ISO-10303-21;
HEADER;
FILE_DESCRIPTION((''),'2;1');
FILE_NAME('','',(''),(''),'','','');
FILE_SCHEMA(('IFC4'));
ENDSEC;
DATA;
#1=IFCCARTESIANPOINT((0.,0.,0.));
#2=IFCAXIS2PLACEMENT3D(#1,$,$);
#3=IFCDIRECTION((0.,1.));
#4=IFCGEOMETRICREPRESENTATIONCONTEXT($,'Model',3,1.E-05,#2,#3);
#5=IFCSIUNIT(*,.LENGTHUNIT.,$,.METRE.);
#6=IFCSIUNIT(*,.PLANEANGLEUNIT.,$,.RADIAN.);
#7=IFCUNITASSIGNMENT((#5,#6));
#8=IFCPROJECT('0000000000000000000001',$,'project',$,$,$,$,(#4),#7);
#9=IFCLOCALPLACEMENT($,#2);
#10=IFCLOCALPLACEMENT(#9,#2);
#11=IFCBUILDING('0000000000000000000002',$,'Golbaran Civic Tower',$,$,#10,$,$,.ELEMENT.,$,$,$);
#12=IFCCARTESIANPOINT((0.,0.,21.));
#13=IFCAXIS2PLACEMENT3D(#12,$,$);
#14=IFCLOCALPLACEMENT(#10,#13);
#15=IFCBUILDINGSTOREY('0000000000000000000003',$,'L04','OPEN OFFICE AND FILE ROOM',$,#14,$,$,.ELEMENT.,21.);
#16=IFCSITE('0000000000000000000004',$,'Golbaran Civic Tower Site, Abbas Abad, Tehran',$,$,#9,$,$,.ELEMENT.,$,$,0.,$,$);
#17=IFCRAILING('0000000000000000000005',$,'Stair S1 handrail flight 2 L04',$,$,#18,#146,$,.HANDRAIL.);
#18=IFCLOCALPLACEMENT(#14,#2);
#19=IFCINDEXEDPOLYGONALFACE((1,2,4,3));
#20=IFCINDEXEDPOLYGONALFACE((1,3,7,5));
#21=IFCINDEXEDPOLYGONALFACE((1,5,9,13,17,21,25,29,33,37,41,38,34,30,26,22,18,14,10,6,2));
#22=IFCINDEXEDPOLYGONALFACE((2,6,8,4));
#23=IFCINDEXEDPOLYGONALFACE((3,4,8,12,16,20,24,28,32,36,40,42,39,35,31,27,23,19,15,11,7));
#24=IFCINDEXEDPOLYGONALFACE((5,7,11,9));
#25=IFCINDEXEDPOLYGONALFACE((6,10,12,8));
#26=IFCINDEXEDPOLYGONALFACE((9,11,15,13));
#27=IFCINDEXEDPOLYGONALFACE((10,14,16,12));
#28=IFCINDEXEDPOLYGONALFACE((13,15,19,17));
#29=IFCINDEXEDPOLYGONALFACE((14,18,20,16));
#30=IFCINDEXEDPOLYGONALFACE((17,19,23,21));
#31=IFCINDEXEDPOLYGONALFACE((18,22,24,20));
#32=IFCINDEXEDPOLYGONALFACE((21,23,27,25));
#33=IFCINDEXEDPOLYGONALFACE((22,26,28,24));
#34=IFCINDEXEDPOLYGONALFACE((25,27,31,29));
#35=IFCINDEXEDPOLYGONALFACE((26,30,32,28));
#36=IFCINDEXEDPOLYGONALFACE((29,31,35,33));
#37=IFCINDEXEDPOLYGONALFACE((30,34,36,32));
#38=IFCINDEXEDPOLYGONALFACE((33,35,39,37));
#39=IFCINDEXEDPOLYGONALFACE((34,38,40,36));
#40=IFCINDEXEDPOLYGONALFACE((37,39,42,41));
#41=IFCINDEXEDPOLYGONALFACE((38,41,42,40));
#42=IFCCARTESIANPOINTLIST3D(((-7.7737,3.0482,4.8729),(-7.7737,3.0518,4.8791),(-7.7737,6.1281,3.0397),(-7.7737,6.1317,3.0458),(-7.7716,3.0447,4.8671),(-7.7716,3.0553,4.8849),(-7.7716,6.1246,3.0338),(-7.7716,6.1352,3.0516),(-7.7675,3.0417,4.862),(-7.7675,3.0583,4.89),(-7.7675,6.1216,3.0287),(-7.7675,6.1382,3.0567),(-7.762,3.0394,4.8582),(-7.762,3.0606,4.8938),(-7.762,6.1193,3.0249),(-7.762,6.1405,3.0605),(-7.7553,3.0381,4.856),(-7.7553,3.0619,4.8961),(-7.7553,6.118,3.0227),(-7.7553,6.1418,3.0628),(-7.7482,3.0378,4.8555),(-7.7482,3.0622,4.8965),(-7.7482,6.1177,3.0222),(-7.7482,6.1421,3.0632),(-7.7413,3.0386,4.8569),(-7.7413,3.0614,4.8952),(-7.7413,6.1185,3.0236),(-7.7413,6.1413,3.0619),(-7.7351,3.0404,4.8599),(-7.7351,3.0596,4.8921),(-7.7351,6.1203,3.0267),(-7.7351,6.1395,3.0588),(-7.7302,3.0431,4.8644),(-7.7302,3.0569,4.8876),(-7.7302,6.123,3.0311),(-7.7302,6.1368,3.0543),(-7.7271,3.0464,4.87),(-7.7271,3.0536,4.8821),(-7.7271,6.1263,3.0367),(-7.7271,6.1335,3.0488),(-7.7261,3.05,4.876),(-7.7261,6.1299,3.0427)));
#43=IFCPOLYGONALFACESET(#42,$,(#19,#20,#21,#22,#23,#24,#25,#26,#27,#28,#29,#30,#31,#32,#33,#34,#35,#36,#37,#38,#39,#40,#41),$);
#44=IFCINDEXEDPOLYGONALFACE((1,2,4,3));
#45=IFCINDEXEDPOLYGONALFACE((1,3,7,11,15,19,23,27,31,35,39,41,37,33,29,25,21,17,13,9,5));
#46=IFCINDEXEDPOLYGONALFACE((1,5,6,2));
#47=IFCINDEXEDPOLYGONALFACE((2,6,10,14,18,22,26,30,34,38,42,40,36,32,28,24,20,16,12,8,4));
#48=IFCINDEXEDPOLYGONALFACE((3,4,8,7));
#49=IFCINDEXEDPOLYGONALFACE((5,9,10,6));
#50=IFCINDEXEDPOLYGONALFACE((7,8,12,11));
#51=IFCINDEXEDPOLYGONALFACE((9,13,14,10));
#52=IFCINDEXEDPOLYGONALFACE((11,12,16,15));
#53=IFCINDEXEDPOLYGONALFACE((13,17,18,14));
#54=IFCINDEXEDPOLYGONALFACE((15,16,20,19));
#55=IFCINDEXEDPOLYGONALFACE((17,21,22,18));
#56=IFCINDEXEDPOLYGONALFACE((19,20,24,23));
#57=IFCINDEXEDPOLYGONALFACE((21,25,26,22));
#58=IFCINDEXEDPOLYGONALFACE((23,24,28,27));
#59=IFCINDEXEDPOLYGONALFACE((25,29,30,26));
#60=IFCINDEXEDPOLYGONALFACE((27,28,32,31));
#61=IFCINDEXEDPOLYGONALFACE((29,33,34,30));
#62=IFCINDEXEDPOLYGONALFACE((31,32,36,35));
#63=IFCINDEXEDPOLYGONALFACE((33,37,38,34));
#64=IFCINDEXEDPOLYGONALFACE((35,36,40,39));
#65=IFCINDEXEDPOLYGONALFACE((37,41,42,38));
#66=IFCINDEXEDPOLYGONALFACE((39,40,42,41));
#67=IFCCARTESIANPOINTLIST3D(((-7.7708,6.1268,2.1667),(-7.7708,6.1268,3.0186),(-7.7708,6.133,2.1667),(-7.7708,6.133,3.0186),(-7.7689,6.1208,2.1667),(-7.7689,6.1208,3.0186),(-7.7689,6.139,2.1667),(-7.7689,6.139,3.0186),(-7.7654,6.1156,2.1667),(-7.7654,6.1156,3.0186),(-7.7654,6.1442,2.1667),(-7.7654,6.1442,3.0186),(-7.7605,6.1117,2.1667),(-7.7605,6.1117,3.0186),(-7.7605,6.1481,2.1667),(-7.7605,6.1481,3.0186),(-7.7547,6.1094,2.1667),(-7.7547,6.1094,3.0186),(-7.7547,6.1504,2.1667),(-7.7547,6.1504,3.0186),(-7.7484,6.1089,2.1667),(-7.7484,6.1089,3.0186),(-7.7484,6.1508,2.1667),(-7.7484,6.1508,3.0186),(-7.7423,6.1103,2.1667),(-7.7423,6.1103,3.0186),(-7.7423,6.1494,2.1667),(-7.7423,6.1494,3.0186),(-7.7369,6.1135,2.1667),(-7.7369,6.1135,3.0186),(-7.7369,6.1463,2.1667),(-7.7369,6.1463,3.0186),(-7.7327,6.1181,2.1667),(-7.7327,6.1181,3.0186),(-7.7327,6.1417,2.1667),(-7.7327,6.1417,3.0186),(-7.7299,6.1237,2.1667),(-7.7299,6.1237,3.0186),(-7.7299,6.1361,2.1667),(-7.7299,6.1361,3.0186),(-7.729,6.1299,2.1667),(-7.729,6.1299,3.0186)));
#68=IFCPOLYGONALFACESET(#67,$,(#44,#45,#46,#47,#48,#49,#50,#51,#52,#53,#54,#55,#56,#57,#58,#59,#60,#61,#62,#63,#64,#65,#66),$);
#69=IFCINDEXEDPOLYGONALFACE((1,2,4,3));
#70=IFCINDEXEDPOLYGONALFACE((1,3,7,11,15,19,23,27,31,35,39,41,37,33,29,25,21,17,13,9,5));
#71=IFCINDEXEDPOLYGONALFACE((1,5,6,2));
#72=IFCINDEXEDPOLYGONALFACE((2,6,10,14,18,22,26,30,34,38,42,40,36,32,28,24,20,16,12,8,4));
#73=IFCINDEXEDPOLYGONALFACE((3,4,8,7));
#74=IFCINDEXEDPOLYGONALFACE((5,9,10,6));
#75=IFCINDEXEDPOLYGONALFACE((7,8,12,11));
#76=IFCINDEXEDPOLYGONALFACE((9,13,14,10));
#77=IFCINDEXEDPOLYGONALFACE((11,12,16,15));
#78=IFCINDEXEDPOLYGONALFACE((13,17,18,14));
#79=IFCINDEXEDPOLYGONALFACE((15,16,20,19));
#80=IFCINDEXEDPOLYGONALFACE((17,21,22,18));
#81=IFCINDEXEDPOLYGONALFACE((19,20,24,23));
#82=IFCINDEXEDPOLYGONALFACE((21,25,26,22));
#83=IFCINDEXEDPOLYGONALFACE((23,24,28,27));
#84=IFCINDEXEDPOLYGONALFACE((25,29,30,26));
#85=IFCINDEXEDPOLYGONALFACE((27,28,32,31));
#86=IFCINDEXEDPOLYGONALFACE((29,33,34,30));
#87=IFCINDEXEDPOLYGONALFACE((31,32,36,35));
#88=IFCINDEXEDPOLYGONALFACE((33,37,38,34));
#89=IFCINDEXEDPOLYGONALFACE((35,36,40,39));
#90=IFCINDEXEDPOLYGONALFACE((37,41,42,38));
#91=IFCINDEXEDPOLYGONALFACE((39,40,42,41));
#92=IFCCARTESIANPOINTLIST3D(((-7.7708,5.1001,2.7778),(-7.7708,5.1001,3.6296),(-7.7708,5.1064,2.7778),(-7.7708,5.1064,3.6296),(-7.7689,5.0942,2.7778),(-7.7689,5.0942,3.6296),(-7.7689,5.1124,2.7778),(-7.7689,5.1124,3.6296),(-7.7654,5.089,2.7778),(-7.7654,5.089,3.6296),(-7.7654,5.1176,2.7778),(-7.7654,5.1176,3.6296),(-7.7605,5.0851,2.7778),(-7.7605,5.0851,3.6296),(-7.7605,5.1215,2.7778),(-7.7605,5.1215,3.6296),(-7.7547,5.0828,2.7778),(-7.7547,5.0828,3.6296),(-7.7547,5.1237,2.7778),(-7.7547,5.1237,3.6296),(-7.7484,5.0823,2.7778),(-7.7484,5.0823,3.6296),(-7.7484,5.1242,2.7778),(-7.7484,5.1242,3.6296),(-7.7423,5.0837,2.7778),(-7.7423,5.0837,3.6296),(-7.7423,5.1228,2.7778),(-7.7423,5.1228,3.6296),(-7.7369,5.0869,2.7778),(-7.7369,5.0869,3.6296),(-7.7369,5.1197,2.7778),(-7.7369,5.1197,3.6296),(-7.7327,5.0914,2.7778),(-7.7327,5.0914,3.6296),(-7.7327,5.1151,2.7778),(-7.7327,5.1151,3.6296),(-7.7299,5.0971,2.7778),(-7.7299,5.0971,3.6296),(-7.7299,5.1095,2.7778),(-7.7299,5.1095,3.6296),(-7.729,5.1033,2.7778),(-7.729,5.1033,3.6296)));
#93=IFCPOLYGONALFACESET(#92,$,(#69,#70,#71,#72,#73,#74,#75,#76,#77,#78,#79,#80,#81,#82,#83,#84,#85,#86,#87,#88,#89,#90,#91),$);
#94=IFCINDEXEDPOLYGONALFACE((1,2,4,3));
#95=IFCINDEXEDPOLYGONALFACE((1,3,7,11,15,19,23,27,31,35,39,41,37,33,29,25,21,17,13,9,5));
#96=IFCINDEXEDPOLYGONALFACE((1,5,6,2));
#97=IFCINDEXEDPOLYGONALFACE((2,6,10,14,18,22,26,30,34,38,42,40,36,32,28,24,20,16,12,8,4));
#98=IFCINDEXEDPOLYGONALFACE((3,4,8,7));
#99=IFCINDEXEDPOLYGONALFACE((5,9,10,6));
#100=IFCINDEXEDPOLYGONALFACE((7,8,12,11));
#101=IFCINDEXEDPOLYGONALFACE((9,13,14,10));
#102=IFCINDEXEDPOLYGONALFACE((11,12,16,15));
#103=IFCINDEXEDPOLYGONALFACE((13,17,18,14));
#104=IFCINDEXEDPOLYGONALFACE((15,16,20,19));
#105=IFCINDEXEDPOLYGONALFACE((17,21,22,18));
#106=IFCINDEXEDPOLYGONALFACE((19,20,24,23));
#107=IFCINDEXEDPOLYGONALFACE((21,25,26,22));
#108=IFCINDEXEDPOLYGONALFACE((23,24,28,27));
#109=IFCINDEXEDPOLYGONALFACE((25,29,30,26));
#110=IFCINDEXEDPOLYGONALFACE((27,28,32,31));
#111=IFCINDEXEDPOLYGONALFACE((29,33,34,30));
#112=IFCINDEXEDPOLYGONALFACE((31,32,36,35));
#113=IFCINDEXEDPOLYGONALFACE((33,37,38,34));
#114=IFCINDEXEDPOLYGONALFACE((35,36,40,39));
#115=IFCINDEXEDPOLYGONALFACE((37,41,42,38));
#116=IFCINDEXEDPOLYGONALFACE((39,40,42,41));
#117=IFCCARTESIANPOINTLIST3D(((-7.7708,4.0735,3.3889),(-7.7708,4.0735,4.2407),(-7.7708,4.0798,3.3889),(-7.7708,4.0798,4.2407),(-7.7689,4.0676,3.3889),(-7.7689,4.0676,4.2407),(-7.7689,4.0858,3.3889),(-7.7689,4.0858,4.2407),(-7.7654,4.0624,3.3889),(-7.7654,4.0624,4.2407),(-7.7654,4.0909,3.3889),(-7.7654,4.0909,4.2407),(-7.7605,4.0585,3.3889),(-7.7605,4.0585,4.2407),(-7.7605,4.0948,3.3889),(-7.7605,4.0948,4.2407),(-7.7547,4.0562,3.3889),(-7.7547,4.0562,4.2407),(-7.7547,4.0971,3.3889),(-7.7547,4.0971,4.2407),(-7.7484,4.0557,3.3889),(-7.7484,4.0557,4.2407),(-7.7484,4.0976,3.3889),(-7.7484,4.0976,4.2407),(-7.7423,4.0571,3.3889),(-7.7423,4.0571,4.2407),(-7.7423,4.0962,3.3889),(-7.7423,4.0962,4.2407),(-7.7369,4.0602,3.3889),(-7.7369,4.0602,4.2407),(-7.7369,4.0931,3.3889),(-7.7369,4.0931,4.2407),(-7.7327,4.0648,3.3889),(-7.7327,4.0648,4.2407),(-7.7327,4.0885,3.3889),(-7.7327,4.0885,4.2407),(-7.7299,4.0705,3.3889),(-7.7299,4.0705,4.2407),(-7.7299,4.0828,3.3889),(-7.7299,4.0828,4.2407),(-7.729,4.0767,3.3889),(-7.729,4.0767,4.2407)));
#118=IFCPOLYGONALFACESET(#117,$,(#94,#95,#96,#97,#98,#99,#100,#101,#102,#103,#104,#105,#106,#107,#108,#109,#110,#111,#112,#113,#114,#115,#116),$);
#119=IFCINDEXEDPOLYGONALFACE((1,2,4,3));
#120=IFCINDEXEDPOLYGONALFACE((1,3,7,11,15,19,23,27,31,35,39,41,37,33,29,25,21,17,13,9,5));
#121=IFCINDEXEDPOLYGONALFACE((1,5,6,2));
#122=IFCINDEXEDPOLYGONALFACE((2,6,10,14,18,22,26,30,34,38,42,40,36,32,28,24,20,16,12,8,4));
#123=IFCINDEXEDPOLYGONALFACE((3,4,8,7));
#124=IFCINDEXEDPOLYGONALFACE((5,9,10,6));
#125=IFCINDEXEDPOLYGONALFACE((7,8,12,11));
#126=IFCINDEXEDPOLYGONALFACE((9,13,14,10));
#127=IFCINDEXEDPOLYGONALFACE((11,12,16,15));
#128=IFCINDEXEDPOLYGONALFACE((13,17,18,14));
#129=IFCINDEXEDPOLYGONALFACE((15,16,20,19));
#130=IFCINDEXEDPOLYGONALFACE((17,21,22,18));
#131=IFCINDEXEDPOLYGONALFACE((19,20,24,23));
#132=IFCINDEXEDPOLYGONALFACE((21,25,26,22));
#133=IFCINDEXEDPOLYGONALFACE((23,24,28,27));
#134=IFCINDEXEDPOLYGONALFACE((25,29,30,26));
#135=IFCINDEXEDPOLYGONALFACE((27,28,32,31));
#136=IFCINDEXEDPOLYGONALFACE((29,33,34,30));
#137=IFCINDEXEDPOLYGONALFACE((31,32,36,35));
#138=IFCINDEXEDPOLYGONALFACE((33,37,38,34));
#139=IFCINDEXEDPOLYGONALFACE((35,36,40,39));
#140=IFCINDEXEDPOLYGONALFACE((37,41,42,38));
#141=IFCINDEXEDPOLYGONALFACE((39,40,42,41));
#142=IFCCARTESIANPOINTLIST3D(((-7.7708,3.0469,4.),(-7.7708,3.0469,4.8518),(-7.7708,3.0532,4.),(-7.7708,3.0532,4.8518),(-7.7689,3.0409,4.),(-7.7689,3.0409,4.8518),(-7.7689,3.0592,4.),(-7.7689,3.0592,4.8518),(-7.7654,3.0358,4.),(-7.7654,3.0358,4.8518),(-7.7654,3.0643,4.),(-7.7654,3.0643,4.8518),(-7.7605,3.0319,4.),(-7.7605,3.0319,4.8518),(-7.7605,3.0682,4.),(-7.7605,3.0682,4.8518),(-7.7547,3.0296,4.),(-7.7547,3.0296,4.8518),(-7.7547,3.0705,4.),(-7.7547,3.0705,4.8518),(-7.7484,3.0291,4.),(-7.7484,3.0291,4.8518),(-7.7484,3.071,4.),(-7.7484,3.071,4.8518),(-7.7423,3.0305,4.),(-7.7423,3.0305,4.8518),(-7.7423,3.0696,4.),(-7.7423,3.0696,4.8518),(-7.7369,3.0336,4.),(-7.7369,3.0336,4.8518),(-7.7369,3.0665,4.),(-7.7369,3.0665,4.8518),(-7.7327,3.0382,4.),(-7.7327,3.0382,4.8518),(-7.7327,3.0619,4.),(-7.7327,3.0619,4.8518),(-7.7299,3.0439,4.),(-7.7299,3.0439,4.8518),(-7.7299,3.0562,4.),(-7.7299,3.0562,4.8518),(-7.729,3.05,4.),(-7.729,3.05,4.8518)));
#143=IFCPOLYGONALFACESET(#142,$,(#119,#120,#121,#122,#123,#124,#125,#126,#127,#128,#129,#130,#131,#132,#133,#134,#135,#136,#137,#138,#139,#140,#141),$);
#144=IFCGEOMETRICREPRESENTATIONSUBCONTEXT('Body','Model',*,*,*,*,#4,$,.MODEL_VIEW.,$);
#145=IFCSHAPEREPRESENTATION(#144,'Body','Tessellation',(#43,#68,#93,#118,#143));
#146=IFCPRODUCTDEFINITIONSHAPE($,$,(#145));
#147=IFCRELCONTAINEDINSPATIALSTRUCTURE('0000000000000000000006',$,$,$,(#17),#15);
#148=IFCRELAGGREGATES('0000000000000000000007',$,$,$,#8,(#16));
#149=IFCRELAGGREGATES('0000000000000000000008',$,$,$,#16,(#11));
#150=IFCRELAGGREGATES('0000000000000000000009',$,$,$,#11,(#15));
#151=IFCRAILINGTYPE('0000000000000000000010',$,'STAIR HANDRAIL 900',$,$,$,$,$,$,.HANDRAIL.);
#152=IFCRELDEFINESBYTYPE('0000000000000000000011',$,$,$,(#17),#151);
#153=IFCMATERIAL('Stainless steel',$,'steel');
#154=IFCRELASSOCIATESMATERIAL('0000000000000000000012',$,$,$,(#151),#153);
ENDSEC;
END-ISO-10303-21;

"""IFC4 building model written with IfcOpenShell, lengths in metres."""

from ifc_helpers import new_model, si_unit, direction, frame, origin, origin_2d, place, context, subcontext, project, spatial, circle, extrude, material, type_object, element, save


model = new_model("IFC4")

# Units and contexts
model_context = context("Model", 3, precision=1e-05, world=origin(), true_north=direction((0.0, 1.0)))
body_context = subcontext(model_context, "Body", "Model", "MODEL_VIEW")
ifc_project = project(units=[si_unit("LENGTHUNIT", "METRE"), si_unit("PLANEANGLEUNIT", "RADIAN")], contexts=[model_context])

# Site, building, storey
site_placement = place(None, origin())
site = spatial("IfcSite", under=ifc_project, at=site_placement, Name="Golbaran Civic Tower Site, Abbas Abad, Tehran", CompositionType="ELEMENT", RefElevation=0.0)
building_placement = place(site_placement, origin())
building = spatial("IfcBuilding", under=site, at=building_placement, Name="Golbaran Civic Tower", CompositionType="ELEMENT")
storey_placement = place(building_placement, frame((0.0, 0.0, 21.0)))
storey = spatial("IfcBuildingStorey", under=building, at=storey_placement, Name="L04", Description="OPEN OFFICE AND FILE ROOM", CompositionType="ELEMENT", Elevation=21.0)

# Shared definitions
ifc_material_1 = material(Name="Stainless steel", Category="steel")

# Railing
railing_type = type_object("IfcRailingType", Name="STAIR HANDRAIL 900", PredefinedType="HANDRAIL", material=ifc_material_1)
railing_1_placement = place(storey_placement, frame((-7.75, 6.1299, 2.1667)))
element("IfcRailing", 1, at=railing_1_placement, inside=storey, type_object=railing_type, Name="Stair S1 handrail flight 2 L04", PredefinedType="HANDRAIL", context=body_context, shape_type="SweptSolid", body=[
    extrude(circle(Radius=0.0239, at=origin_2d()), frame((0.0, 0.0, 0.876), z_axis=(0.0, -0.859291, 0.511487), x_axis=(1.0, 0.0, 0.0)), (0.0, 0.0, 1.0), 3.5842),
    extrude(circle(Radius=0.021, at=origin_2d()), origin(), (0.0, 0.0, 1.0), 0.8518),
    extrude(circle(Radius=0.021, at=origin_2d()), frame((0.0, -1.0266, 0.6111)), (0.0, 0.0, 1.0), 0.8518),
    extrude(circle(Radius=0.021, at=origin_2d()), frame((0.0, -2.0532, 1.2222)), (0.0, 0.0, 1.0), 0.8518),
    extrude(circle(Radius=0.021, at=origin_2d()), frame((0.0, -3.0798, 1.8333)), (0.0, 0.0, 1.0), 0.8518),
])

save(model, "model.ifc")
